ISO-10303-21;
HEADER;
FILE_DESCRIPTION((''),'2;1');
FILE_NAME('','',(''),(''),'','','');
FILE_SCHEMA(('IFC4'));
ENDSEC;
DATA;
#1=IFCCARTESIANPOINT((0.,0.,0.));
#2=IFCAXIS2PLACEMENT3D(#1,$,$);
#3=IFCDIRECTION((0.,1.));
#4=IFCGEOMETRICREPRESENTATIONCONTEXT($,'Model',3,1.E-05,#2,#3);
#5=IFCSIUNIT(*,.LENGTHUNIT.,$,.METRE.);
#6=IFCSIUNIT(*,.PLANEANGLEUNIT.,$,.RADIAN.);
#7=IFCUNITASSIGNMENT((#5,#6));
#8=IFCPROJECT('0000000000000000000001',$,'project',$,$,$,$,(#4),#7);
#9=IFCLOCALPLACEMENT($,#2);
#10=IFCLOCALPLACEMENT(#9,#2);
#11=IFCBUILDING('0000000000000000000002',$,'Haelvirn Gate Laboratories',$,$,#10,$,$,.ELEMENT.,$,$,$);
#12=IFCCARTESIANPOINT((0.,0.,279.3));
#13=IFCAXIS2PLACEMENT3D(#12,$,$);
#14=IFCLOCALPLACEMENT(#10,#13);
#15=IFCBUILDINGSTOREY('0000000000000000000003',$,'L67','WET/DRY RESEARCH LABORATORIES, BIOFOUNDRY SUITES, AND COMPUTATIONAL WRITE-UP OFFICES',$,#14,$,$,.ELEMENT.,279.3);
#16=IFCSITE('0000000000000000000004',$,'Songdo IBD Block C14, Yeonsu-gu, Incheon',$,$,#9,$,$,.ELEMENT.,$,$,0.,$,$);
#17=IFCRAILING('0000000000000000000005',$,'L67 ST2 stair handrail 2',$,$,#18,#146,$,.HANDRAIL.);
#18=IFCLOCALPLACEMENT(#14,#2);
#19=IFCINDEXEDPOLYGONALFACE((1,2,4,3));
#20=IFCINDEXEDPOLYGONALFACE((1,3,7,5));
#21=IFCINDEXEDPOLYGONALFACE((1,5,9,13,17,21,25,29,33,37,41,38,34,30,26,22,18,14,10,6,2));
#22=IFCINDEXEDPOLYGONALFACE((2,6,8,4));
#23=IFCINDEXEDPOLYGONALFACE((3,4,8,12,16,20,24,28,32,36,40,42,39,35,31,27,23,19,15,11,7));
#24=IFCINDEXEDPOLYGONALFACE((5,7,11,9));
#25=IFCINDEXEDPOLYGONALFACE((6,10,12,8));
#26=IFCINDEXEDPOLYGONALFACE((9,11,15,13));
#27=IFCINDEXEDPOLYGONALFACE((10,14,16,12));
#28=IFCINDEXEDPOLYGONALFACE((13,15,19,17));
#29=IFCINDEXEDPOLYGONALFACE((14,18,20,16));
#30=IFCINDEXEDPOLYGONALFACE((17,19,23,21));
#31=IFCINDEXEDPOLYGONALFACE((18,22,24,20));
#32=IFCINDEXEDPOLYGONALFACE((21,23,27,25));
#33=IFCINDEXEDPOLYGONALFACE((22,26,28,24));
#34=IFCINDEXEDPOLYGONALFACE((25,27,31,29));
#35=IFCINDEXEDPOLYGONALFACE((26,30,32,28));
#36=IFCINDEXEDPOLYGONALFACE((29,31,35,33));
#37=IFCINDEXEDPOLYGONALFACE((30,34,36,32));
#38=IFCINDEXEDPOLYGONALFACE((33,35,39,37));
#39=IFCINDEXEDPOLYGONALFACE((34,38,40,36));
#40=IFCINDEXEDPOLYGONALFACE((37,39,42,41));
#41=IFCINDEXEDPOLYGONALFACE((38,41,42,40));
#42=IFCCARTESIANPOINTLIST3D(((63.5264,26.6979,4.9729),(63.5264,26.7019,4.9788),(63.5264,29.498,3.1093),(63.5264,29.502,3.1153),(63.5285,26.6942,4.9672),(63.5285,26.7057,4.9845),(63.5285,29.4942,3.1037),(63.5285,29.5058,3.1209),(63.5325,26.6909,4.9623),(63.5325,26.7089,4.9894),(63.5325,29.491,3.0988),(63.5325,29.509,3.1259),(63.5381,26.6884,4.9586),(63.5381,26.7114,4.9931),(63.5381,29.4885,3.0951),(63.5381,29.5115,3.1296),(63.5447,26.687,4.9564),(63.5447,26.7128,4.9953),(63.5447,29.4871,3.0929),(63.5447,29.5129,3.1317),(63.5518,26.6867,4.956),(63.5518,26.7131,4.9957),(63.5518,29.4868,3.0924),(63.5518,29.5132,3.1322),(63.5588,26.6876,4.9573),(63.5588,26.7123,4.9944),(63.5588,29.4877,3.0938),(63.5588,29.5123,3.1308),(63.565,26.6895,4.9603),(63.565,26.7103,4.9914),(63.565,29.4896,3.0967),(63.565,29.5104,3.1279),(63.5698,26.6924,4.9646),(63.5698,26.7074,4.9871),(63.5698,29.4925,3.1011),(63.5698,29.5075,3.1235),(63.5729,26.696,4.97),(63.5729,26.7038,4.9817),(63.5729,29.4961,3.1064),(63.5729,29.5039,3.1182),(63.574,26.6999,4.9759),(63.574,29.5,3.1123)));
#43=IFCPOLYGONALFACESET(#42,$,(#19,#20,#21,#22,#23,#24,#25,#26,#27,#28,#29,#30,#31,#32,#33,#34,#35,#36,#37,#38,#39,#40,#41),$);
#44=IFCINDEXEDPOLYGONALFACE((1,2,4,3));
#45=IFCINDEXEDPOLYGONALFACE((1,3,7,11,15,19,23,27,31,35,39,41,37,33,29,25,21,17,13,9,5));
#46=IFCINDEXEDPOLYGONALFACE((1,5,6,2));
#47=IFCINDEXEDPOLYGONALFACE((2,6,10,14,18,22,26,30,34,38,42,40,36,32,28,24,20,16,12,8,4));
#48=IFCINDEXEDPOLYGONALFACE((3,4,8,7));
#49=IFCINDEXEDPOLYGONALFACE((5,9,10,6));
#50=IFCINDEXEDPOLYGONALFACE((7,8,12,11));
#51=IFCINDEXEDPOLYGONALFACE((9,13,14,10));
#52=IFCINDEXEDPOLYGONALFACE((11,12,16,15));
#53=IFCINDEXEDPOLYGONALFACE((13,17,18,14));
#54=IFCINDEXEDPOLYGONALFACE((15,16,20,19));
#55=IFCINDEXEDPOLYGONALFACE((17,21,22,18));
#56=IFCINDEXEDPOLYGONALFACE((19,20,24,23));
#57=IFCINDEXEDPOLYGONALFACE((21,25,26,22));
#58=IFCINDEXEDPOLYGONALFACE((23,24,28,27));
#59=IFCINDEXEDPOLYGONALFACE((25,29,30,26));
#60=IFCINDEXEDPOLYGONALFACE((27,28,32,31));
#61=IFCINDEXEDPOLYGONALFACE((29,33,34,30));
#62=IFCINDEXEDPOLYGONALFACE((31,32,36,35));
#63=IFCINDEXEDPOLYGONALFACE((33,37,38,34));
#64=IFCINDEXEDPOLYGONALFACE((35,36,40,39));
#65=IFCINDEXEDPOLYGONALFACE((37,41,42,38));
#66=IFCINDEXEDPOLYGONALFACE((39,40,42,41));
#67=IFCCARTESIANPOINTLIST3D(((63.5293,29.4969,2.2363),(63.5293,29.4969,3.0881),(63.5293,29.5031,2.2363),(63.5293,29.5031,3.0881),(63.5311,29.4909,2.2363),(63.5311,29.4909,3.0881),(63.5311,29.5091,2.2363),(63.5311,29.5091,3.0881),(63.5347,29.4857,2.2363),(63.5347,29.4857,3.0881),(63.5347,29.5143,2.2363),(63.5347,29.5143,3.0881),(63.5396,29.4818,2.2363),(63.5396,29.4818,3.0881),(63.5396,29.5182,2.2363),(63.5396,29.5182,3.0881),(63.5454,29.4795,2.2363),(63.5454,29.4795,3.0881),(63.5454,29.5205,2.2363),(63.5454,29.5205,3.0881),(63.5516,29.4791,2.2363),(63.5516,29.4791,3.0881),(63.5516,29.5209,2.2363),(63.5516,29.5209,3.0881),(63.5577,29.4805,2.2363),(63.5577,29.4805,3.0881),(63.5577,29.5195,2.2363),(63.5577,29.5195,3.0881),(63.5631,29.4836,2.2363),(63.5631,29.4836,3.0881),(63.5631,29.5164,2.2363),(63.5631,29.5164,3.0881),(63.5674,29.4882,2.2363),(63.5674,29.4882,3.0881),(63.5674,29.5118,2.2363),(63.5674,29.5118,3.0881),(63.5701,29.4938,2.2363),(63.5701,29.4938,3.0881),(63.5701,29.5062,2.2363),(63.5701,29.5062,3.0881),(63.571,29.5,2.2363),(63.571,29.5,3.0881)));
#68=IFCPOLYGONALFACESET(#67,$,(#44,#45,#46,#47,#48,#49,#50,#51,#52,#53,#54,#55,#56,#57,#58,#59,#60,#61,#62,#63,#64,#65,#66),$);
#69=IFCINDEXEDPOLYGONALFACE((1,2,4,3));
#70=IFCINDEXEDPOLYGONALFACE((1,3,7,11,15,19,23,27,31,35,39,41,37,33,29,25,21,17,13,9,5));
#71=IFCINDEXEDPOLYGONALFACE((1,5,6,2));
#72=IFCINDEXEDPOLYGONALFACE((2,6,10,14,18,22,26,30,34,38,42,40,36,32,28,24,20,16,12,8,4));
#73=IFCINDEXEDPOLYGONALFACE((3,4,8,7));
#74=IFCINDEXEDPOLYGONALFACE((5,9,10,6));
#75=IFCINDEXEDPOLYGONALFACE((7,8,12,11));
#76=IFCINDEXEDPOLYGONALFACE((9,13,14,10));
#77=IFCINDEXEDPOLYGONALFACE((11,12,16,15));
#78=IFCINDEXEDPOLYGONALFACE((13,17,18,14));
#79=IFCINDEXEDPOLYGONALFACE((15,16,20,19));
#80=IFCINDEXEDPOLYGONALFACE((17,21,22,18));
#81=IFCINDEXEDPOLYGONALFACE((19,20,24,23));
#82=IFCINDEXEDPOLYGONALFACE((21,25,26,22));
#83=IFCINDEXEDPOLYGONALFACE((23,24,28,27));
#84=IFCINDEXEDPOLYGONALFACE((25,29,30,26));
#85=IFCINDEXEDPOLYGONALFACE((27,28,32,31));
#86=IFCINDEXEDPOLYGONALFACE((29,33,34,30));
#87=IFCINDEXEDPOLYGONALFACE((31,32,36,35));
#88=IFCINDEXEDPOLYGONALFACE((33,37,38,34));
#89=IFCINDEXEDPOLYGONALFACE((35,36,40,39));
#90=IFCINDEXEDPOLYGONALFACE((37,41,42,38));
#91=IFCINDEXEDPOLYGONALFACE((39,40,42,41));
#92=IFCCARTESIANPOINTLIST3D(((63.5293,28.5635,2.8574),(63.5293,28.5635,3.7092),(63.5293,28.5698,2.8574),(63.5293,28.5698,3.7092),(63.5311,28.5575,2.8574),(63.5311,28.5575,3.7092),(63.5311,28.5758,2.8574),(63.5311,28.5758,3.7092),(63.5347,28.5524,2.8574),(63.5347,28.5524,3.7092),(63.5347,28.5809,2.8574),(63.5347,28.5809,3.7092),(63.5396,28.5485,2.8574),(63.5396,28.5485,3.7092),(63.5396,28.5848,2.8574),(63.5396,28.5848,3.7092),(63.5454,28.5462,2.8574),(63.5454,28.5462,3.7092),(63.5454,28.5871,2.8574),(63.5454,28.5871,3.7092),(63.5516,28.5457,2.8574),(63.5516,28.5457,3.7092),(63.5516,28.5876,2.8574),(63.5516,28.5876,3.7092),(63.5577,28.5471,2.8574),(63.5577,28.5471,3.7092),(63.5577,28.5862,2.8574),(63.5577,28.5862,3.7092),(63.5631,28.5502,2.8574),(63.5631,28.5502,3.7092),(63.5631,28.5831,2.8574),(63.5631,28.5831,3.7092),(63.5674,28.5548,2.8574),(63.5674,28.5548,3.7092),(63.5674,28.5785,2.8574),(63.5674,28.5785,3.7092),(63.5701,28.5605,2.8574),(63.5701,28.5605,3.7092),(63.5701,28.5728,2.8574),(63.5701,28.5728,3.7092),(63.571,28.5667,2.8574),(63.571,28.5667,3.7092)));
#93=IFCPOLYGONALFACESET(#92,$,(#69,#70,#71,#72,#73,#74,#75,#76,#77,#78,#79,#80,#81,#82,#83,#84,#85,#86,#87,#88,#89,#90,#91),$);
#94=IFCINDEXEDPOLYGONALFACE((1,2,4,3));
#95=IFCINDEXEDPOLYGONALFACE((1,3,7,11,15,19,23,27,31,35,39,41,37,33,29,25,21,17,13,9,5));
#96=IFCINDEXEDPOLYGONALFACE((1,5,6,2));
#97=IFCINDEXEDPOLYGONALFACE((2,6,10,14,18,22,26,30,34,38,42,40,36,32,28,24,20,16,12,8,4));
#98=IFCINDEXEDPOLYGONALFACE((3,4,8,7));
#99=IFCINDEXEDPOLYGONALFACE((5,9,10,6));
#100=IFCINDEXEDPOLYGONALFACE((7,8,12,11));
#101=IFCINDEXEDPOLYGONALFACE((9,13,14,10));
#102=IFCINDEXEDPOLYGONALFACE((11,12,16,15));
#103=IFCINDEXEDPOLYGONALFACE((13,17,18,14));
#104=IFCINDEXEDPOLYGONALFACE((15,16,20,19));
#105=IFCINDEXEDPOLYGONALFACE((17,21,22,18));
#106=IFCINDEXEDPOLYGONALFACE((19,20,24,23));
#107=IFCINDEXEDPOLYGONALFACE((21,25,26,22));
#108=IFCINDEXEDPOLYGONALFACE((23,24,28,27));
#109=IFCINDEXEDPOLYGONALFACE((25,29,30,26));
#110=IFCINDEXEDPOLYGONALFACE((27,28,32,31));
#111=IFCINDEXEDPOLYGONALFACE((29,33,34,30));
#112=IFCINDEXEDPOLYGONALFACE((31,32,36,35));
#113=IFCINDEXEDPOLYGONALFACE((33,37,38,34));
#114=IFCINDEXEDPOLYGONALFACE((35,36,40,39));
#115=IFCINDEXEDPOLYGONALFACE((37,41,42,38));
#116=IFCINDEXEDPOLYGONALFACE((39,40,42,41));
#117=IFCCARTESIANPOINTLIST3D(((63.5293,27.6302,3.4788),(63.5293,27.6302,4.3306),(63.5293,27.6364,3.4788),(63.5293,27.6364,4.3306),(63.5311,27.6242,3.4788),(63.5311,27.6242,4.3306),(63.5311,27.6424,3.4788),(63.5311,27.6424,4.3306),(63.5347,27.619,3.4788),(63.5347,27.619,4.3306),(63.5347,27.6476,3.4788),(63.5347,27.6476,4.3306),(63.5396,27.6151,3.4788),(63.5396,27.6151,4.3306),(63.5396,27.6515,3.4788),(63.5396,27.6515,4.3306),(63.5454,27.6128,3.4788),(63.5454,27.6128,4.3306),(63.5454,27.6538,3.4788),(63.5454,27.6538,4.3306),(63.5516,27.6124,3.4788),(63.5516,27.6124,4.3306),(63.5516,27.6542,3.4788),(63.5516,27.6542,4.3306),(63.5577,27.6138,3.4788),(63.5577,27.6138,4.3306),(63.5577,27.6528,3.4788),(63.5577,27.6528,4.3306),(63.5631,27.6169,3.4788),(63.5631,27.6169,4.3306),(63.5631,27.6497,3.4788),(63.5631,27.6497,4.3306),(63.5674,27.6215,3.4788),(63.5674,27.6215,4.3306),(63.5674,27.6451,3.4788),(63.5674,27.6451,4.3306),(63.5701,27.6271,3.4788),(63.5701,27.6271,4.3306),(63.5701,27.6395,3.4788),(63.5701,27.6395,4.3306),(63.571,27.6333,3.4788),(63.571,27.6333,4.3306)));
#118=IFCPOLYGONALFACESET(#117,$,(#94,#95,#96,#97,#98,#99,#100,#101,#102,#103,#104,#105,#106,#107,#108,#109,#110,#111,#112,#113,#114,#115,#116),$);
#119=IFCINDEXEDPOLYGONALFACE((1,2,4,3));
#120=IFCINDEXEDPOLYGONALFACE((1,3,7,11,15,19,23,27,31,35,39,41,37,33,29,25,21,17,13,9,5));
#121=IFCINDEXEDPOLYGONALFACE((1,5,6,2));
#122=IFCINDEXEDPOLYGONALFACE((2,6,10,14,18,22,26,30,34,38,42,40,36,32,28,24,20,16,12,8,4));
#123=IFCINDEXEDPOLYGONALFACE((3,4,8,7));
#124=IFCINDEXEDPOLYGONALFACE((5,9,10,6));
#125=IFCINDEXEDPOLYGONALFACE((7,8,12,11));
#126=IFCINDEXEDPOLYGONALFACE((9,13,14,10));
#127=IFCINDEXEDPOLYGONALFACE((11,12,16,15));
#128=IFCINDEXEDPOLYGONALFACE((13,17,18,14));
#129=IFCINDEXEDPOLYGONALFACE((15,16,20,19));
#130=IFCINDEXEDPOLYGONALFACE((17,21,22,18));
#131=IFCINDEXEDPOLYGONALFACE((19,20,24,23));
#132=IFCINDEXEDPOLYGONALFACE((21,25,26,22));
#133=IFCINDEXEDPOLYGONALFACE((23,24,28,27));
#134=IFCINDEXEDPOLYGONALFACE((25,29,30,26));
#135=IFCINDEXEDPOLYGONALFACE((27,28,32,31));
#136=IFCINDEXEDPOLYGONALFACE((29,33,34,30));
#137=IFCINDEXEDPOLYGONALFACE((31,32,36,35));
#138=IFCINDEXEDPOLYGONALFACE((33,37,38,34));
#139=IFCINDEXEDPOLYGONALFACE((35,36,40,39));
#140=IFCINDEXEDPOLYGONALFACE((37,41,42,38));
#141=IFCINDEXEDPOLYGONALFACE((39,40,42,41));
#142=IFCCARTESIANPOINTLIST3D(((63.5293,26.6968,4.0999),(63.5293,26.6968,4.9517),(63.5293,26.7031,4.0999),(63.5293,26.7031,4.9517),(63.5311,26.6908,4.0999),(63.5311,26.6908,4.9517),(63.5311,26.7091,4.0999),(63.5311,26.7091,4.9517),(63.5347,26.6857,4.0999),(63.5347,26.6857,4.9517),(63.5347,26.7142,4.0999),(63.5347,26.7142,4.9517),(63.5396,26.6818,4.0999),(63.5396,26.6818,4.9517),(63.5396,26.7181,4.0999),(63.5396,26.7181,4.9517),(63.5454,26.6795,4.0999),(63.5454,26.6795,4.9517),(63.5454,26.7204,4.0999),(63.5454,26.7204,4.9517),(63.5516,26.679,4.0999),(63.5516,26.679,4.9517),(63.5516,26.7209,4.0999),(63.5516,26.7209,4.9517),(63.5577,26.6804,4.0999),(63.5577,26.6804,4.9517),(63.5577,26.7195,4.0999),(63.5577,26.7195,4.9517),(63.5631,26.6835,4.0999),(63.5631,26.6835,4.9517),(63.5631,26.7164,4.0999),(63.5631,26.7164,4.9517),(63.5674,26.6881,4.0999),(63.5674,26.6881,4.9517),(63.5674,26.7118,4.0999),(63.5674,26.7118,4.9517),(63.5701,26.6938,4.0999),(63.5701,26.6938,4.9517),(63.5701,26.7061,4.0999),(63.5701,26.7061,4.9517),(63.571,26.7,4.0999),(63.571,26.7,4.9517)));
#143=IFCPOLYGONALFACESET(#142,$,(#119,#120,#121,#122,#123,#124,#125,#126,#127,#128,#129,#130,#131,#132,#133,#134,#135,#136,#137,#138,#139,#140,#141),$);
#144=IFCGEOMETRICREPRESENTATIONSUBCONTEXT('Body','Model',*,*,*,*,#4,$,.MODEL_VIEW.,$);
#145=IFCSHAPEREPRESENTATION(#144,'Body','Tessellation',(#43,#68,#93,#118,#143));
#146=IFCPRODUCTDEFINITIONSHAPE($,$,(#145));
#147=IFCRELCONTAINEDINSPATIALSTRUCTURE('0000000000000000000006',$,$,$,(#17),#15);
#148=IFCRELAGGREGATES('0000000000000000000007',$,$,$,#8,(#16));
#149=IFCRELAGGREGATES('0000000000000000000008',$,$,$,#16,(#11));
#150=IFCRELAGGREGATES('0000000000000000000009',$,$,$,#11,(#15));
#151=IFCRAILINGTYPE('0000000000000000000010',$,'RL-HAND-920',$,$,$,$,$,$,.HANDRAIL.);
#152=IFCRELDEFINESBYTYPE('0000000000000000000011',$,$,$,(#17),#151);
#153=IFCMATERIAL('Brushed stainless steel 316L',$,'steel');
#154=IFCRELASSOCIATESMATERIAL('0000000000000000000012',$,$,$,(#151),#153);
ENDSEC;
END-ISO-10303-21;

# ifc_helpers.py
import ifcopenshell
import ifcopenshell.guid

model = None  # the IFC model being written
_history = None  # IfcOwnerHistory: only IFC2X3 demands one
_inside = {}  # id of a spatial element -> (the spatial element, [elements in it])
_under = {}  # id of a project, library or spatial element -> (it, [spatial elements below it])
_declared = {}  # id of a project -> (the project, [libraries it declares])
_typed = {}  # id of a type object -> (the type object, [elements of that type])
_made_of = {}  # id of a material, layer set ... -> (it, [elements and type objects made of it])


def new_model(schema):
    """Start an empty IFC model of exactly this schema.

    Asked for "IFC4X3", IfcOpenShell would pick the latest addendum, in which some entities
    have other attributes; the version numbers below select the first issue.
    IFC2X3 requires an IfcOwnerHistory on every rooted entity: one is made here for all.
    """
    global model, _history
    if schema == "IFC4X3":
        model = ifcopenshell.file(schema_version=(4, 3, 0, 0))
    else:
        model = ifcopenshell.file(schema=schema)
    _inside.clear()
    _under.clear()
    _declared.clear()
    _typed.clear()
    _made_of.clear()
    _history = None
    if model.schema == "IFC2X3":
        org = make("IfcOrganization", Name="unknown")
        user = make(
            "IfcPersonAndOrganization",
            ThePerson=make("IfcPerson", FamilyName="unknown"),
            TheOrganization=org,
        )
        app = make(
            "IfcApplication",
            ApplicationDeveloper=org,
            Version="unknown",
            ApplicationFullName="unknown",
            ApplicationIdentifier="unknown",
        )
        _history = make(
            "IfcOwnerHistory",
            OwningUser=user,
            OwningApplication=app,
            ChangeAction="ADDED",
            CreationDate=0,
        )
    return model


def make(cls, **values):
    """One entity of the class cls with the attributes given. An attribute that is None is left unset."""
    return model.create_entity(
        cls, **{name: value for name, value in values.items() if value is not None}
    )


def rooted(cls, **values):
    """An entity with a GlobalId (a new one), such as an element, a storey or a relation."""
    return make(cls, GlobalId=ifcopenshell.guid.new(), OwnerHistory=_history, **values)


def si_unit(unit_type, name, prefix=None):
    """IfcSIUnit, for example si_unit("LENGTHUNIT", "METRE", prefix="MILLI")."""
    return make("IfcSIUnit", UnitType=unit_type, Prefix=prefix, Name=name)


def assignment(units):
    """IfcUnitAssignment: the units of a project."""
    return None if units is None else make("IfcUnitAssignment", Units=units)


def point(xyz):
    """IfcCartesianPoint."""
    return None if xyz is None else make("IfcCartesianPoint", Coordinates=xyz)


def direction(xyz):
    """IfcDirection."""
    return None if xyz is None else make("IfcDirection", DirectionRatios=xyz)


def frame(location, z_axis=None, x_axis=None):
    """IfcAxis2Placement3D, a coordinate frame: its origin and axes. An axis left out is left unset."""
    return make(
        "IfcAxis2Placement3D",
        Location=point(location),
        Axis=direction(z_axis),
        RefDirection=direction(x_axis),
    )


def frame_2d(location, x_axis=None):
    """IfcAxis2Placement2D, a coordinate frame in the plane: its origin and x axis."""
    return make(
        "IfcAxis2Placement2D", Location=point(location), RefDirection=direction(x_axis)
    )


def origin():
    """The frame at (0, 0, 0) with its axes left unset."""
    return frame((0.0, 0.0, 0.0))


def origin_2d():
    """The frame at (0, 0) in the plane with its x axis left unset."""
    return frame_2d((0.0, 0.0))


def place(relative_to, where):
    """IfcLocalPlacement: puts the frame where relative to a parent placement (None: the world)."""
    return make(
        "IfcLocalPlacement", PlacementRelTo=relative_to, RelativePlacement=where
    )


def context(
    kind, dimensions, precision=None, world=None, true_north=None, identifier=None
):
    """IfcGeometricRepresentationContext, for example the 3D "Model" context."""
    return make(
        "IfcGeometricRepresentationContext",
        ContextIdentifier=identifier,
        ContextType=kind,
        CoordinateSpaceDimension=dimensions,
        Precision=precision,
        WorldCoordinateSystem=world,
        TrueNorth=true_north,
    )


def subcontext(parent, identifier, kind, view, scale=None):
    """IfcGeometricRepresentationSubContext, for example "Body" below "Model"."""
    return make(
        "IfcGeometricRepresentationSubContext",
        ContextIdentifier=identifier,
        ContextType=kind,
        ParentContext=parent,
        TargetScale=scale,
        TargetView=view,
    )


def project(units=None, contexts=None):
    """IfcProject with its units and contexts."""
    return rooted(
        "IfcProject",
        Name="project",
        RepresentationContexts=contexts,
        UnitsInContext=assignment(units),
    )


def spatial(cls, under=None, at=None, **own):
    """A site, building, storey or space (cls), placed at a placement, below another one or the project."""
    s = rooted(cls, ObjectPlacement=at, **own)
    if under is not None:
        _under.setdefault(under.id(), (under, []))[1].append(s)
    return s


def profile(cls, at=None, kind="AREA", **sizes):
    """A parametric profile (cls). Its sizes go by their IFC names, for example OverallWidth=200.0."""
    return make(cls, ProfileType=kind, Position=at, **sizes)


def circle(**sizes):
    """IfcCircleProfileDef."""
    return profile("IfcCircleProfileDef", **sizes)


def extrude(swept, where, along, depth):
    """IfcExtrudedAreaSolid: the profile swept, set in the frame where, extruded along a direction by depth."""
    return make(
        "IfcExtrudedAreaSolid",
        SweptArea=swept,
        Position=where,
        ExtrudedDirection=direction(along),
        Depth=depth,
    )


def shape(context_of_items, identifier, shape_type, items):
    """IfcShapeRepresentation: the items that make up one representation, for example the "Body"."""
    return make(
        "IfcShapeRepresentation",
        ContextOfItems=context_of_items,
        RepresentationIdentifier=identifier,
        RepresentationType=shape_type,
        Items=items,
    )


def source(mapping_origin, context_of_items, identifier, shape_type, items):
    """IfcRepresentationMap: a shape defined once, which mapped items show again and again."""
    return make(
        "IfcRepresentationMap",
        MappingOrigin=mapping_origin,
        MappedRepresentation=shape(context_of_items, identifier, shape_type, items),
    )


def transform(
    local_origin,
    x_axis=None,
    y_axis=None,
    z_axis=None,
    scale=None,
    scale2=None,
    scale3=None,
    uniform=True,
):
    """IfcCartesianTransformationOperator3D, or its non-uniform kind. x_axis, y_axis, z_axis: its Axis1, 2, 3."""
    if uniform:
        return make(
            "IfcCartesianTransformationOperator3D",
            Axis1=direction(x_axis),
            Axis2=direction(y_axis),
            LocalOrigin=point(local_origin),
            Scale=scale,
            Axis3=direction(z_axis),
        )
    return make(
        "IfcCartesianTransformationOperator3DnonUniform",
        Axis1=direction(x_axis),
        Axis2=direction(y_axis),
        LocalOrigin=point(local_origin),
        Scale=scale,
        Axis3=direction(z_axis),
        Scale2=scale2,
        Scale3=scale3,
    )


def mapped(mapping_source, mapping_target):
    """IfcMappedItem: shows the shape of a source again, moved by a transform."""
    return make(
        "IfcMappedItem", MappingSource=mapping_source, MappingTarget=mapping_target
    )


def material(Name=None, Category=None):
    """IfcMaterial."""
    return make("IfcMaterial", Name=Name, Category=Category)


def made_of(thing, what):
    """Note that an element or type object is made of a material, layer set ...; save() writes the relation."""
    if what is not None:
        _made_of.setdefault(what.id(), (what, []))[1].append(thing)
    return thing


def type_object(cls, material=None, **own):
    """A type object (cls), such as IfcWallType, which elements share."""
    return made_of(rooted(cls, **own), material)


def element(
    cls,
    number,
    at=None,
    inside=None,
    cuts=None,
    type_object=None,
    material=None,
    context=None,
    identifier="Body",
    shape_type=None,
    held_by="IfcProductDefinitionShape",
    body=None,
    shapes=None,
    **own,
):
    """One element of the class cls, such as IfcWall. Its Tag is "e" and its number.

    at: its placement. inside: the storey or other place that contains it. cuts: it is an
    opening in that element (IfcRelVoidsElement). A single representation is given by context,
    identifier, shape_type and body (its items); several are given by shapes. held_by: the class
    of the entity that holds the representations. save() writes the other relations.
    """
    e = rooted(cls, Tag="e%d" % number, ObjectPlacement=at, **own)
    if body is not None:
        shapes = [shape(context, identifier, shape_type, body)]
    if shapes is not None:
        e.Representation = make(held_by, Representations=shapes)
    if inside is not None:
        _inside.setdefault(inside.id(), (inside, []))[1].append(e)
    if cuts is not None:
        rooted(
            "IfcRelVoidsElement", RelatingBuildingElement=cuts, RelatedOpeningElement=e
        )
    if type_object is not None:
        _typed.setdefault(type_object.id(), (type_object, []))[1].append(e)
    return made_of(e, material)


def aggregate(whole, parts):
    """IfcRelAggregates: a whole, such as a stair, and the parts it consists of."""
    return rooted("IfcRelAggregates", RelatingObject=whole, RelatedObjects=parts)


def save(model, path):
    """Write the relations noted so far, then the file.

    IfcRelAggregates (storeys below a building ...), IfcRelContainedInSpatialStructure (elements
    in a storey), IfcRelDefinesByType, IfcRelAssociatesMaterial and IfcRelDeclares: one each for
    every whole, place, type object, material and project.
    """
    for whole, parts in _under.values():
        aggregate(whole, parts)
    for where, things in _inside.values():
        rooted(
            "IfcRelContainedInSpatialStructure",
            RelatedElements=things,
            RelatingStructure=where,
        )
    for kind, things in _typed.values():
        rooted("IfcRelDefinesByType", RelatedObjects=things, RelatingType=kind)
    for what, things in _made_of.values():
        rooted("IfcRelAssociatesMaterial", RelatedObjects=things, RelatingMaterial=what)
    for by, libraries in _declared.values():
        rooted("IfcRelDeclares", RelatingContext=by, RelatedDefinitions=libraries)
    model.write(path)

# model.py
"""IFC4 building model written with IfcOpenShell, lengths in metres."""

from ifc_helpers import new_model, si_unit, direction, frame, origin, origin_2d, place, context, subcontext, project, spatial, circle, extrude, source, transform, mapped, material, type_object, element, save


model = new_model("IFC4")

# Units and contexts
model_context = context("Model", 3, precision=1e-05, world=origin(), true_north=direction((0.0, 1.0)))
body_context = subcontext(model_context, "Body", "Model", "MODEL_VIEW")
ifc_project = project(units=[si_unit("LENGTHUNIT", "METRE"), si_unit("PLANEANGLEUNIT", "RADIAN")], contexts=[model_context])

# Site, building, storey
site_placement = place(None, origin())
site = spatial("IfcSite", under=ifc_project, at=site_placement, Name="Songdo IBD Block C14, Yeonsu-gu, Incheon", CompositionType="ELEMENT", RefElevation=0.0)
building_placement = place(site_placement, origin())
building = spatial("IfcBuilding", under=site, at=building_placement, Name="Haelvirn Gate Laboratories", CompositionType="ELEMENT")
storey_placement = place(building_placement, frame((0.0, 0.0, 279.3)))
storey = spatial("IfcBuildingStorey", under=building, at=storey_placement, Name="L67", Description="WET/DRY RESEARCH LABORATORIES, BIOFOUNDRY SUITES, AND COMPUTATIONAL WRITE-UP OFFICES", CompositionType="ELEMENT", Elevation=279.3)

# Railing
ifc_material_1 = material(Name="Brushed stainless steel 316L", Category="steel")
railing_type_1 = type_object("IfcRailingType", Name="RL-HAND-920", PredefinedType="HANDRAIL", material=ifc_material_1)
shared_shape_1 = source(origin(), body_context, "Body", "SweptSolid", [
    extrude(circle(Radius=0.0239, at=origin_2d()), frame((0.0, 0.0, 0.876), z_axis=(0.0, -0.832486, 0.554047), x_axis=(1.0, 0.0, 0.0)), (0.0, 0.0, 1.0), 3.3635),
    extrude(circle(Radius=0.021, at=origin_2d()), origin(), (0.0, 0.0, 1.0), 0.8518),
    extrude(circle(Radius=0.021, at=origin_2d()), frame((0.0, -0.9333, 0.6211)), (0.0, 0.0, 1.0), 0.8518),
    extrude(circle(Radius=0.021, at=origin_2d()), frame((0.0, -1.8667, 1.2424)), (0.0, 0.0, 1.0), 0.8518),
    extrude(circle(Radius=0.021, at=origin_2d()), frame((0.0, -2.8, 1.8635)), (0.0, 0.0, 1.0), 0.8518),
])
railing_1_placement = place(storey_placement, frame((63.55, 29.5, 2.2363)))
element("IfcRailing", 1, at=railing_1_placement, inside=storey, type_object=railing_type_1, Name="L67 ST2 stair handrail 2", PredefinedType="HANDRAIL", context=body_context, shape_type="MappedRepresentation", body=[
    mapped(shared_shape_1, transform((0.0, 0.0, 0.0), scale=1.0)),
])

save(model, "model.ifc")
